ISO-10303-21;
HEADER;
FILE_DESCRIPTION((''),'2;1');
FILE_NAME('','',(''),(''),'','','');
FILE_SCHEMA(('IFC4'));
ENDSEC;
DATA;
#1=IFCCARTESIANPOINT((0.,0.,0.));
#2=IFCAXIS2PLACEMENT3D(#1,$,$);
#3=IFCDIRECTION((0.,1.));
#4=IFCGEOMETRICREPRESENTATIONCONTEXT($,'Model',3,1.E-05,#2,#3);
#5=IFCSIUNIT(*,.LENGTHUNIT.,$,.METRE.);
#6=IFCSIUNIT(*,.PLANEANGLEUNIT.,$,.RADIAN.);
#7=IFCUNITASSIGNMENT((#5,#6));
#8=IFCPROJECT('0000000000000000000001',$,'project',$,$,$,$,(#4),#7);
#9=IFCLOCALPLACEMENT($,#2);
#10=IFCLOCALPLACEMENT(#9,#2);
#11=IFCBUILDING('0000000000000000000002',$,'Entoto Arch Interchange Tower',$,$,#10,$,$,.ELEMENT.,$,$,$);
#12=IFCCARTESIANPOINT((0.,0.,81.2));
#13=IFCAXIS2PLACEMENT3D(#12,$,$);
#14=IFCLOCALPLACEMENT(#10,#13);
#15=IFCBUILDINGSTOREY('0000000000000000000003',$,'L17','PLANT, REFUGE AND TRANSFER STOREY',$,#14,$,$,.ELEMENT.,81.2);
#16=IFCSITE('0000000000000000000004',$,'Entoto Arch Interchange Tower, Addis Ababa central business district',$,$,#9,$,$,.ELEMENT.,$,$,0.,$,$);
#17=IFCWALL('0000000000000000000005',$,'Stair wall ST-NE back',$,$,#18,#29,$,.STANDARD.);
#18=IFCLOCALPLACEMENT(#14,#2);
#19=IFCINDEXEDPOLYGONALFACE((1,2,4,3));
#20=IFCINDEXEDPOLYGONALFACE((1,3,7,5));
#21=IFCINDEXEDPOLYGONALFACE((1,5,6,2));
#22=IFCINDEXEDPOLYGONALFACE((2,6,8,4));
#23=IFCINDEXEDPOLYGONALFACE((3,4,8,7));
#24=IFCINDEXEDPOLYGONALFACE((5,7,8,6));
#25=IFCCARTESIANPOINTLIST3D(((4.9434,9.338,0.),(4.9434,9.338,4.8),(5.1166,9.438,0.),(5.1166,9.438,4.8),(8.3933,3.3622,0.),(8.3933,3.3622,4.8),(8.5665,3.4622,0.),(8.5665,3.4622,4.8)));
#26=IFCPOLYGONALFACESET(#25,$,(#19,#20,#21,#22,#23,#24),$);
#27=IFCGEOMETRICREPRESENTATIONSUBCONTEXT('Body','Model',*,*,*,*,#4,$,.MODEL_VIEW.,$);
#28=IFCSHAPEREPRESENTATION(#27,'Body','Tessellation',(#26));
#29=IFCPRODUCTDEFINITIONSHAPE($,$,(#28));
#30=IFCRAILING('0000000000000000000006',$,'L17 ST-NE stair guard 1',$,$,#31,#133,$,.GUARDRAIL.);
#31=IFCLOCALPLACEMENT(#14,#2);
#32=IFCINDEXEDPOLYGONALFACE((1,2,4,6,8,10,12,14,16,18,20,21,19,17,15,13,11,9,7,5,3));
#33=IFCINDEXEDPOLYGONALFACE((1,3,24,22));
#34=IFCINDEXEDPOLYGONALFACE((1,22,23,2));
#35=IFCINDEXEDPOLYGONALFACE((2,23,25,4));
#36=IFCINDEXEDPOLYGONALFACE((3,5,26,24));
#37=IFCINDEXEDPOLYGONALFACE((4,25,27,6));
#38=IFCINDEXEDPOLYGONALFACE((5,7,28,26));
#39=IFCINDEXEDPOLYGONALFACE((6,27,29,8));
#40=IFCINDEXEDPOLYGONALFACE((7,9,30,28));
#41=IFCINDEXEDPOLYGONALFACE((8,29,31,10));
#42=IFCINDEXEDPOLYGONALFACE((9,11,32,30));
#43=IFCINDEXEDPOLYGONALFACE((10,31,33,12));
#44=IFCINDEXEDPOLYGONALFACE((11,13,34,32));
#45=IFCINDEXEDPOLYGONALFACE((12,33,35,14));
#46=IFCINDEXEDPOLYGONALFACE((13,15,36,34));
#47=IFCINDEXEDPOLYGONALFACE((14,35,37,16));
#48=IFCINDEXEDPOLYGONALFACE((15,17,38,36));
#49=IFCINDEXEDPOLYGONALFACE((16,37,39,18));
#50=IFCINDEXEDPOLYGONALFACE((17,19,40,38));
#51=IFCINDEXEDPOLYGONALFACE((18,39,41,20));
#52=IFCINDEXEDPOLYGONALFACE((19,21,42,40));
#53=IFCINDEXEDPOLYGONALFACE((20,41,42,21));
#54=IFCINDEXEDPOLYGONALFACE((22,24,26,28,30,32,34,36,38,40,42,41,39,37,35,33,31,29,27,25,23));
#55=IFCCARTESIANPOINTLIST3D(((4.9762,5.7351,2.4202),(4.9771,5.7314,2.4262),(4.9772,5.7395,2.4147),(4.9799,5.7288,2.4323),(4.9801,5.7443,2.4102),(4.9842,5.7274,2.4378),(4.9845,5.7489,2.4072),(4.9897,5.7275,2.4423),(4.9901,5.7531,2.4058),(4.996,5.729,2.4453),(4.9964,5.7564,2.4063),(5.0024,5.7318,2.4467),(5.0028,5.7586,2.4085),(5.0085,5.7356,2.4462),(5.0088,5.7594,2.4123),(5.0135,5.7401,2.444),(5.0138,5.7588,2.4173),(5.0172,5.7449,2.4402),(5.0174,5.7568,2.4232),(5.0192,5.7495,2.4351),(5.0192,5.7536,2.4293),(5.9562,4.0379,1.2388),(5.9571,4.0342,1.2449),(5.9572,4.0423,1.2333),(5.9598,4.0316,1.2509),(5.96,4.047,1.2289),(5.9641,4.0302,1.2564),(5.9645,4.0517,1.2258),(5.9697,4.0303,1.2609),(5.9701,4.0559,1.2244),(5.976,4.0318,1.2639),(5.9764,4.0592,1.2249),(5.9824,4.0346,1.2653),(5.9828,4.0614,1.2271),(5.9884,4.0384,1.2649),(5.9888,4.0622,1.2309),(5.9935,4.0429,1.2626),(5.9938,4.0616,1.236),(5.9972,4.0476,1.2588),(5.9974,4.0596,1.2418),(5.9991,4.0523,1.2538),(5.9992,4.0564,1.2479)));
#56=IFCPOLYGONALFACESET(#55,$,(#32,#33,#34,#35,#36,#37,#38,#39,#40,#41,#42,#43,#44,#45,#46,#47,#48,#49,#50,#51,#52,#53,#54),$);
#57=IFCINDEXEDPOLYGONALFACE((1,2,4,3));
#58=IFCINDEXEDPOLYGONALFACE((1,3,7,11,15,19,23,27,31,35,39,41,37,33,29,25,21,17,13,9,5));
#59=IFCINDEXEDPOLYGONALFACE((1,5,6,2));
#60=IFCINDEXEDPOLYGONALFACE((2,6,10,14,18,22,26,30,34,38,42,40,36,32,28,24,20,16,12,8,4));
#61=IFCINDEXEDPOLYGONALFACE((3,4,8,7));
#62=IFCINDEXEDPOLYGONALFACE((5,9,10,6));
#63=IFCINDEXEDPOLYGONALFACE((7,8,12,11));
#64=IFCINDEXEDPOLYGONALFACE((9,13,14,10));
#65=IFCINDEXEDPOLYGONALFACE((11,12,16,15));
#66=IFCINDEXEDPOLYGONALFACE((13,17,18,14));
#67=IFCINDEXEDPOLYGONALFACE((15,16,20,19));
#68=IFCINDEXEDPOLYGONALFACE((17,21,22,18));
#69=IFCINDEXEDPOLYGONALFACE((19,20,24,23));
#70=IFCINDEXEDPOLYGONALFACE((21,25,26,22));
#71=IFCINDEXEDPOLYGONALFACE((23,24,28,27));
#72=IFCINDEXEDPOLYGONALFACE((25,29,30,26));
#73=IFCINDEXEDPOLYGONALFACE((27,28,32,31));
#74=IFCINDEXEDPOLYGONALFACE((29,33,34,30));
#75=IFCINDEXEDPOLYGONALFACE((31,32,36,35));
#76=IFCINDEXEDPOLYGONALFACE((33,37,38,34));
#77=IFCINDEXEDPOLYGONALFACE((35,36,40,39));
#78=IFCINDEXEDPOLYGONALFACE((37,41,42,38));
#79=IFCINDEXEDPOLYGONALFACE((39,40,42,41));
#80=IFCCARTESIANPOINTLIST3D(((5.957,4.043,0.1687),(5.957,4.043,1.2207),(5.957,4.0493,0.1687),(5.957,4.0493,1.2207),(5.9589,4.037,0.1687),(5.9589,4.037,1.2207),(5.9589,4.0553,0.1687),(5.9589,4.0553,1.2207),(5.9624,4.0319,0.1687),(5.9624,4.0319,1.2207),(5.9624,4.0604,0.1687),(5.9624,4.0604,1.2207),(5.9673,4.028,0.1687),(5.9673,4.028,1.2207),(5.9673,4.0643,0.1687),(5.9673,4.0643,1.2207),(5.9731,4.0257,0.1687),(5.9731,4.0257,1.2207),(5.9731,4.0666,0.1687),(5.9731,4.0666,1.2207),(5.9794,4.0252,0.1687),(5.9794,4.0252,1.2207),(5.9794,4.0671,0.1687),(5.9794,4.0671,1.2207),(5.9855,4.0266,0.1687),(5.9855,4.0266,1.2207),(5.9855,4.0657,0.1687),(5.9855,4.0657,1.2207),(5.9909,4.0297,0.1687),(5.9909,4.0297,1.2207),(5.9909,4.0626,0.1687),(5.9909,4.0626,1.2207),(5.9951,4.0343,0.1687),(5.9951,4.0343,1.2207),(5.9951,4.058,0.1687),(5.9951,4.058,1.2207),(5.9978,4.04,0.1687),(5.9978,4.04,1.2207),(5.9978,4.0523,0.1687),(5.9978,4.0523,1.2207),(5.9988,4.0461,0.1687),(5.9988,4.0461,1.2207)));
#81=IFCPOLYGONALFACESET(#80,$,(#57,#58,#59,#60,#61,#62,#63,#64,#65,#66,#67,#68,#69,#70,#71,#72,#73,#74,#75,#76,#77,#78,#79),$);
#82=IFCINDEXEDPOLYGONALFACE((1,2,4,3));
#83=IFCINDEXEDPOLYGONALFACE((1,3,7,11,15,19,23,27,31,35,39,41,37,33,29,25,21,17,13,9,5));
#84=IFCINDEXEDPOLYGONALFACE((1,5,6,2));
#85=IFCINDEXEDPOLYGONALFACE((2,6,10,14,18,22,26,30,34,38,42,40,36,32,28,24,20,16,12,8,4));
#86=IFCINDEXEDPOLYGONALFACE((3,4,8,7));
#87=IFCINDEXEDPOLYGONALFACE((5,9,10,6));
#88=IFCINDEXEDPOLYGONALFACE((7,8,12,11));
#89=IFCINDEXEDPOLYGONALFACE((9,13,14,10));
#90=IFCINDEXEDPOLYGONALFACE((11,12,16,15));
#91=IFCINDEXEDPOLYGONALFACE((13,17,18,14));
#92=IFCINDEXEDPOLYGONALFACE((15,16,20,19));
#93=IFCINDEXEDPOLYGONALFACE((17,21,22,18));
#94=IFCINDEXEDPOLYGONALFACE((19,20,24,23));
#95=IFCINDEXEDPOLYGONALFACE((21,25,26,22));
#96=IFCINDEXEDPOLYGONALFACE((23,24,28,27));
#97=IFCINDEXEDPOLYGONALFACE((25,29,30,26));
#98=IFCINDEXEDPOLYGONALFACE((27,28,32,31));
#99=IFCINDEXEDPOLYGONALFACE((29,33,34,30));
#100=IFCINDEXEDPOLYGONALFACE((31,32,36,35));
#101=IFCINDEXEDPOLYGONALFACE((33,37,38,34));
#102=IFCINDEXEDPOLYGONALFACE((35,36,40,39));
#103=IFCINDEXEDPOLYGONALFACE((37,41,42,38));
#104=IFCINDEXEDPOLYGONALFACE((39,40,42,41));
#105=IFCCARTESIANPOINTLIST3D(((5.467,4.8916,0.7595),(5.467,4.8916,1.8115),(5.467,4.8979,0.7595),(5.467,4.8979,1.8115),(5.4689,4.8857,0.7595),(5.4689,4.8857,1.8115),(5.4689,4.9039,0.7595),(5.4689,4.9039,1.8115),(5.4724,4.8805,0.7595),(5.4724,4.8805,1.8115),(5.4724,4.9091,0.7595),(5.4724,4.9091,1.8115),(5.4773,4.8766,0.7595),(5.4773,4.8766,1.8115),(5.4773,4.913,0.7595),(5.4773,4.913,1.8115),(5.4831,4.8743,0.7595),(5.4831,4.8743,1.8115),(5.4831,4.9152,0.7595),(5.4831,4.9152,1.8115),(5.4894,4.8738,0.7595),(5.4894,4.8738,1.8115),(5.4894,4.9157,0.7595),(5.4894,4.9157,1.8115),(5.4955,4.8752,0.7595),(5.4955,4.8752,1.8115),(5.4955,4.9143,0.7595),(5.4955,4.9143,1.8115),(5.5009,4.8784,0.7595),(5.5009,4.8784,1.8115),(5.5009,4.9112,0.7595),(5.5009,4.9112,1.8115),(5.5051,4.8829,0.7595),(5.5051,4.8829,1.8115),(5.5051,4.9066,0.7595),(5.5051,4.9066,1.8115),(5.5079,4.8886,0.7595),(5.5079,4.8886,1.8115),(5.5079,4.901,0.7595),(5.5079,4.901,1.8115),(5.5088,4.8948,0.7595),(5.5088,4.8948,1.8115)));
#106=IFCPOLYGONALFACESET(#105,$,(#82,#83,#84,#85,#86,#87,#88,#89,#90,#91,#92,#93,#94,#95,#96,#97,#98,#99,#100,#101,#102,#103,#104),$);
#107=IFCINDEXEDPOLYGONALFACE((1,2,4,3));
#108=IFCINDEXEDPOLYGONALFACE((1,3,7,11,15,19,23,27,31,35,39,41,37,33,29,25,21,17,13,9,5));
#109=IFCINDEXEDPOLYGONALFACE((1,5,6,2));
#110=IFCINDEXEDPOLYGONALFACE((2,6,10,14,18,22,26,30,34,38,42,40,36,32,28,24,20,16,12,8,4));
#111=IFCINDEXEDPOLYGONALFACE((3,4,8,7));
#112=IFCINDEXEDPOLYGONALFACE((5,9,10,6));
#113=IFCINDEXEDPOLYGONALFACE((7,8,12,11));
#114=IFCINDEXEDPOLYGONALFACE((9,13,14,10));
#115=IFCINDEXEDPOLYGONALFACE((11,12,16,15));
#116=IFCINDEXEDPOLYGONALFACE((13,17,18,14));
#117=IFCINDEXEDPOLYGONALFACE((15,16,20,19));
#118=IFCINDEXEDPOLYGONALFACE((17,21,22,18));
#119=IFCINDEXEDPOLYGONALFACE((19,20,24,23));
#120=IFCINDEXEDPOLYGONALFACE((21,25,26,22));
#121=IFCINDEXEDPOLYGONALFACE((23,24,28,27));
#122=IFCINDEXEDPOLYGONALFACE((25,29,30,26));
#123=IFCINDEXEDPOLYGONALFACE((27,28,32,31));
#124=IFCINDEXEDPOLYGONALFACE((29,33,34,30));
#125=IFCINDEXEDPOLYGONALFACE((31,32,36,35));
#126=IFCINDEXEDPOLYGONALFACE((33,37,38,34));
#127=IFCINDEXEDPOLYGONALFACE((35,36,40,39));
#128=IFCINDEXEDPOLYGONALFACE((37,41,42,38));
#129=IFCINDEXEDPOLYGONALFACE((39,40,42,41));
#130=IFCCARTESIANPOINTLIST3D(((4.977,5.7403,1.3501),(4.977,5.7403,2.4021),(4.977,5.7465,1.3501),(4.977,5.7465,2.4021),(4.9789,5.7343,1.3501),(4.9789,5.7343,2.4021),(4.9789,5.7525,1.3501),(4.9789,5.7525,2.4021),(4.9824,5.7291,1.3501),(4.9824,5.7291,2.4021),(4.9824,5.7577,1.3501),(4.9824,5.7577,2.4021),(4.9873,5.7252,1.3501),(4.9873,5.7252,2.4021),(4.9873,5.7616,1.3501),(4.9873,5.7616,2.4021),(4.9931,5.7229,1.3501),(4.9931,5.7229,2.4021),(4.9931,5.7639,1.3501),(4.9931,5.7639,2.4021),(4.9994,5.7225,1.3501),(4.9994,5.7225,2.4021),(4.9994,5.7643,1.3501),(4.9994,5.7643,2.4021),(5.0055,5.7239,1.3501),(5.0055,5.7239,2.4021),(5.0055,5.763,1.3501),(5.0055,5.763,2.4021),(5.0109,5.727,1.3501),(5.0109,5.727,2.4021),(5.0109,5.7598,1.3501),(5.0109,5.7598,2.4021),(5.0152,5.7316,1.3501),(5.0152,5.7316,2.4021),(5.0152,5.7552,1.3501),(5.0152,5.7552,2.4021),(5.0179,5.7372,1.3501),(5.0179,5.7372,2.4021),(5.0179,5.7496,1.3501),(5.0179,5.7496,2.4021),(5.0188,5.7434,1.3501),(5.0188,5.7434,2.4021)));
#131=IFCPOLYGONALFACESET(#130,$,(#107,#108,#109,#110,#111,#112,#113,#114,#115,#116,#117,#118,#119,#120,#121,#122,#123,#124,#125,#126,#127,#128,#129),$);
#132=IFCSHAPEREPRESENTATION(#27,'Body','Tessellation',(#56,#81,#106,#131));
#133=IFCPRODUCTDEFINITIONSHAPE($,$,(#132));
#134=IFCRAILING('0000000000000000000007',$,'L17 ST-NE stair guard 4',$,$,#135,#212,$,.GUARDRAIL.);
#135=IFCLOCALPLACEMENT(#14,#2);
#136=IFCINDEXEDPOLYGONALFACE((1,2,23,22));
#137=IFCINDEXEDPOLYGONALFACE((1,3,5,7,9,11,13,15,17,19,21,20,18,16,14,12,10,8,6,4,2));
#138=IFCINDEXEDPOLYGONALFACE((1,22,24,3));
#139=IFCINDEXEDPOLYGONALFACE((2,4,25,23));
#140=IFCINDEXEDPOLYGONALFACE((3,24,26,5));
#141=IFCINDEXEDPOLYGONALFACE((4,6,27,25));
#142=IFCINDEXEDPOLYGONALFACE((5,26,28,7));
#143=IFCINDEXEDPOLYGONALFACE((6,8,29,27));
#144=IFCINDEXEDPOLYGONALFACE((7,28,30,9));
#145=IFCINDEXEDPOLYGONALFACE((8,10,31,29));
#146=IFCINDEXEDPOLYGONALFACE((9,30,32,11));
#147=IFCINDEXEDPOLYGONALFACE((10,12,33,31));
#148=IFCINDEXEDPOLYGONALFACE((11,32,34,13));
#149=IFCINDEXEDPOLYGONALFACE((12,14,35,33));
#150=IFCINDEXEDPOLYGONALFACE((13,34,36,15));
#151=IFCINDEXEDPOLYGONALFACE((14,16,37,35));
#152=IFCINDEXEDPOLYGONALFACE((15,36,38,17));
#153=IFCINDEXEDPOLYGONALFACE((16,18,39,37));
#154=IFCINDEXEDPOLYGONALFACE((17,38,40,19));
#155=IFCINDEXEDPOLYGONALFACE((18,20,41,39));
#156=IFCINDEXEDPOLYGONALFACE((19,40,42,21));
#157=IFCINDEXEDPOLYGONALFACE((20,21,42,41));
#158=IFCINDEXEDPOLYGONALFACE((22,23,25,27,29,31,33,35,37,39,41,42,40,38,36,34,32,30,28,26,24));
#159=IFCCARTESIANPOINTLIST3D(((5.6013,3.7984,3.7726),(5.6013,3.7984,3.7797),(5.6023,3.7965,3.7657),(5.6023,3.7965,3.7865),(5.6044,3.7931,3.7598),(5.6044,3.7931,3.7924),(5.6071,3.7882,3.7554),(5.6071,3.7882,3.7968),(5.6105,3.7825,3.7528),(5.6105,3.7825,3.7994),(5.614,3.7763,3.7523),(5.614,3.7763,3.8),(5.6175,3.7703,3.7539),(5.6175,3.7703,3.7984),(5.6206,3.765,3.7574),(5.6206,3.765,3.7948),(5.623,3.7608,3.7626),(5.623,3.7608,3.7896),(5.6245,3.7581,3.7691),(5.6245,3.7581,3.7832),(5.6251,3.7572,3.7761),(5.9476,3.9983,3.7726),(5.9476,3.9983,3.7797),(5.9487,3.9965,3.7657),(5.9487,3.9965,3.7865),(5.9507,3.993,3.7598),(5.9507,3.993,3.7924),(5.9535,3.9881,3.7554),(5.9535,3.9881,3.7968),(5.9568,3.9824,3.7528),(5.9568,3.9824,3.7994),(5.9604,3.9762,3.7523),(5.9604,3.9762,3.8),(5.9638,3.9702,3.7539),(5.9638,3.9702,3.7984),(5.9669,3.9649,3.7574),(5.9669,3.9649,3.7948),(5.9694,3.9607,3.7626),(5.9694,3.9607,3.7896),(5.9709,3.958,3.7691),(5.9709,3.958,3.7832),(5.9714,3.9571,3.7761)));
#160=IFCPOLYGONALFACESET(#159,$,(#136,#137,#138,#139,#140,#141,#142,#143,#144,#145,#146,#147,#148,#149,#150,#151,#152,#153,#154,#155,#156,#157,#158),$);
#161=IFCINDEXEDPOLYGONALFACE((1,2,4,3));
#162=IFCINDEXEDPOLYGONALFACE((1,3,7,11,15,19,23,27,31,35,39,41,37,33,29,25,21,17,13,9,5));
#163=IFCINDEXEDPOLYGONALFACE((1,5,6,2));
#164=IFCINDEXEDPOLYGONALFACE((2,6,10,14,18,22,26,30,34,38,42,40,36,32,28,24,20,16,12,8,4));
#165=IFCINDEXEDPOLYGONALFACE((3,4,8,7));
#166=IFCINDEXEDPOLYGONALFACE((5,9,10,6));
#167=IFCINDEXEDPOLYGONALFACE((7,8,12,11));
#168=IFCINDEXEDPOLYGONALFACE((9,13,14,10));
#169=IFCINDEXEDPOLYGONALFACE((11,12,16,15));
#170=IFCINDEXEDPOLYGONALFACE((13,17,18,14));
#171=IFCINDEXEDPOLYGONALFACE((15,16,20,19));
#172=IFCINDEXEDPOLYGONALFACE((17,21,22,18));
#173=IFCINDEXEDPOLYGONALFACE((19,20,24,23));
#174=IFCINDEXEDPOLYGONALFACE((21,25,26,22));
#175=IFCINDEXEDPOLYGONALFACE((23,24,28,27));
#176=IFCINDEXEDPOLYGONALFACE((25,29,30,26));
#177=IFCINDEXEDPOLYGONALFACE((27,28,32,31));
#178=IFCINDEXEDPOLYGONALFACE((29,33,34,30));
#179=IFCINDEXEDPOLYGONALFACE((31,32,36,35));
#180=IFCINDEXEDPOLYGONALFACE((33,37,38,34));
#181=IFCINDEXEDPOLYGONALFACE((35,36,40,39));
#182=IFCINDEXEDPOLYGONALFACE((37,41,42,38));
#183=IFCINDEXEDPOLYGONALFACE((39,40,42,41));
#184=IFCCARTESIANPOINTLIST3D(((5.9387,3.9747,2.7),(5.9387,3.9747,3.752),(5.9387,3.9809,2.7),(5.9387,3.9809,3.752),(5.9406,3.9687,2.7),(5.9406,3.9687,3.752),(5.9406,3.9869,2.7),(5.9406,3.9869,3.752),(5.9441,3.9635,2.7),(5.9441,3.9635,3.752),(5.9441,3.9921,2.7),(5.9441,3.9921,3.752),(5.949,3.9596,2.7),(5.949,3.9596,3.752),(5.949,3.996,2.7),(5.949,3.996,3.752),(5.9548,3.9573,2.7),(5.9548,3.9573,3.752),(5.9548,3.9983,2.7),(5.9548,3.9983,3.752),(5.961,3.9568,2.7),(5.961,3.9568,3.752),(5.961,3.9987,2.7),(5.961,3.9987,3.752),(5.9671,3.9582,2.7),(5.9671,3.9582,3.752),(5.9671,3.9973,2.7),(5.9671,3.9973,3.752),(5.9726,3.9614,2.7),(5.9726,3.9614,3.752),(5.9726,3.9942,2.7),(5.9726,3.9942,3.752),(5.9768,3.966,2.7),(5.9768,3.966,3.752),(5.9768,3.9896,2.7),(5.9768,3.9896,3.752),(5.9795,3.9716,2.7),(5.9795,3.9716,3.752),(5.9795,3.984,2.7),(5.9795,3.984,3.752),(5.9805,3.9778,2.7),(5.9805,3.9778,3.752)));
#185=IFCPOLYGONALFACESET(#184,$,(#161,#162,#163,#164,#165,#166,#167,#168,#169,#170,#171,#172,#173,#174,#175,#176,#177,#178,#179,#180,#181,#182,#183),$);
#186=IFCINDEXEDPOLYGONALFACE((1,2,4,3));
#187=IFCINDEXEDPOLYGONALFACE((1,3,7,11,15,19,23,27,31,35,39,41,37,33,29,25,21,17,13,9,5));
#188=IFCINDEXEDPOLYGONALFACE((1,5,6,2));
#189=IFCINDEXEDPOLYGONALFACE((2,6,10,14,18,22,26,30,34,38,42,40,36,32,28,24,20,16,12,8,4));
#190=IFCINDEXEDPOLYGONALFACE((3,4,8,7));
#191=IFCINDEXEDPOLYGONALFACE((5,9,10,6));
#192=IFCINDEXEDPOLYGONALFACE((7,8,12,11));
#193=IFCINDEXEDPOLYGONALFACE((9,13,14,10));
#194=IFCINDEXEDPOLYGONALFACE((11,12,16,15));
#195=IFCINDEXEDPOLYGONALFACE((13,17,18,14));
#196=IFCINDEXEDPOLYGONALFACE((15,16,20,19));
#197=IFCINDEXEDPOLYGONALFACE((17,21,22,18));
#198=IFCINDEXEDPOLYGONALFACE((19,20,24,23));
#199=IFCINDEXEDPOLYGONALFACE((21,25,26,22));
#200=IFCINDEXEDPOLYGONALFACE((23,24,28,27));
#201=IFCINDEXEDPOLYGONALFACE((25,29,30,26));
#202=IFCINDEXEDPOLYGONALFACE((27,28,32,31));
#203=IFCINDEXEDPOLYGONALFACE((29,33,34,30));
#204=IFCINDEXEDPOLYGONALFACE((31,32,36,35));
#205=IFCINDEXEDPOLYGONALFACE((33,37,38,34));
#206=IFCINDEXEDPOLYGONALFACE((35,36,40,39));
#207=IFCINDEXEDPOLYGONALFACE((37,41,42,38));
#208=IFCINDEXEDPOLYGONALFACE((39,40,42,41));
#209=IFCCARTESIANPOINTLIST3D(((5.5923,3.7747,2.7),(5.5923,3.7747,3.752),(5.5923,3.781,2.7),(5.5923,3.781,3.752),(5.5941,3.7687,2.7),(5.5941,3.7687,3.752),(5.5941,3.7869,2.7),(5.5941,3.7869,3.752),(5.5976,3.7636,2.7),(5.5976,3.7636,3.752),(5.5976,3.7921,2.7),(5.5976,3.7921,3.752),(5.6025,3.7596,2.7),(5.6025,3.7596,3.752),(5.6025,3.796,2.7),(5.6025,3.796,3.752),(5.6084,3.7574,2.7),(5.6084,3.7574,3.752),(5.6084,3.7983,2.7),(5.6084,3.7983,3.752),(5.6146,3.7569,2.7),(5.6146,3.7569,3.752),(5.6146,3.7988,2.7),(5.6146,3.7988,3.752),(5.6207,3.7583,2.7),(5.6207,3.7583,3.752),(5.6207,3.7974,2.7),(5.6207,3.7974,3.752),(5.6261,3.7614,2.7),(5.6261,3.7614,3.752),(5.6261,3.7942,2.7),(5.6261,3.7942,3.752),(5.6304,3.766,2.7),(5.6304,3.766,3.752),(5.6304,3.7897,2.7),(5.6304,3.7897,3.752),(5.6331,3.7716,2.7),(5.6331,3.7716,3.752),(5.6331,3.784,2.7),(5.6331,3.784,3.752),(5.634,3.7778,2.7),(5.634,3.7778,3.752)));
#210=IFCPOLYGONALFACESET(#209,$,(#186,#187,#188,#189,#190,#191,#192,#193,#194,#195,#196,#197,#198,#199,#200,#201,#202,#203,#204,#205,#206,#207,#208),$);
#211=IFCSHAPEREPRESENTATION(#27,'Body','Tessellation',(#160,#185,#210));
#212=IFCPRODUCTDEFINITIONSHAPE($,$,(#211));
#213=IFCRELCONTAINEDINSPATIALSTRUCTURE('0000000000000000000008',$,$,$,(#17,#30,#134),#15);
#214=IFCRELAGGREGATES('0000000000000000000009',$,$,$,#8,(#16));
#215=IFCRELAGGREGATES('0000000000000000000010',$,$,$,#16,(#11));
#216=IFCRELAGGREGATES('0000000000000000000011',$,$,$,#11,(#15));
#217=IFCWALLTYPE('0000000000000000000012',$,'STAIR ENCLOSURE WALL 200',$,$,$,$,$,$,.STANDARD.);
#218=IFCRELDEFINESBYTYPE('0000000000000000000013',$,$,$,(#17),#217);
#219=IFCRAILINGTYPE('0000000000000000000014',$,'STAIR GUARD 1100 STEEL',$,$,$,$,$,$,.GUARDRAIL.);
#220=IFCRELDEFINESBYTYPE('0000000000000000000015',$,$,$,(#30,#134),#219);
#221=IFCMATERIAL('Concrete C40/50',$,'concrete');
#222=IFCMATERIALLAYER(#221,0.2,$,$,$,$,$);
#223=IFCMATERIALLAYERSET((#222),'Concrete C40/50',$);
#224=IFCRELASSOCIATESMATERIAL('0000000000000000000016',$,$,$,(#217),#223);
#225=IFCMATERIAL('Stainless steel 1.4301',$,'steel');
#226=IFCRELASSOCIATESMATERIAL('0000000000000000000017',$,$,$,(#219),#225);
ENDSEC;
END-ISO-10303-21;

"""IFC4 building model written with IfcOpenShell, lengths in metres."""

from ifc_helpers import new_model, si_unit, direction, frame, frame_2d, origin, origin_2d, place, context, subcontext, project, spatial, rectangle, circle, extrude, material, layer, layer_set, type_object, element, save


model = new_model("IFC4")

# Units and contexts
model_context = context("Model", 3, precision=1e-05, world=origin(), true_north=direction((0.0, 1.0)))
body_context = subcontext(model_context, "Body", "Model", "MODEL_VIEW")
ifc_project = project(units=[si_unit("LENGTHUNIT", "METRE"), si_unit("PLANEANGLEUNIT", "RADIAN")], contexts=[model_context])

# Site, building, storey
site_placement = place(None, origin())
site = spatial("IfcSite", under=ifc_project, at=site_placement, Name="Entoto Arch Interchange Tower, Addis Ababa central business district", CompositionType="ELEMENT", RefElevation=0.0)
building_placement = place(site_placement, origin())
building = spatial("IfcBuilding", under=site, at=building_placement, Name="Entoto Arch Interchange Tower", CompositionType="ELEMENT")
storey_placement = place(building_placement, frame((0.0, 0.0, 81.2)))
storey = spatial("IfcBuildingStorey", under=building, at=storey_placement, Name="L17", Description="PLANT, REFUGE AND TRANSFER STOREY", CompositionType="ELEMENT", Elevation=81.2)

# Shared definitions
ifc_material_1 = material(Name="Concrete C40/50", Category="concrete")

# Wall
ifc_layer_1 = layer(ifc_material_1, 0.2)
ifc_layer_set_1 = layer_set([ifc_layer_1], Name="Concrete C40/50")
wall_type_1 = type_object("IfcWallType", Name="STAIR ENCLOSURE WALL 200", PredefinedType="STANDARD", material=ifc_layer_set_1)
wall_1_placement = place(storey_placement, frame((8.48, 3.4121, 0.0), z_axis=(0.0, 0.0, 1.0), x_axis=(-0.499979, 0.866038, 0.0)))
element("IfcWall", 1, at=wall_1_placement, inside=storey, type_object=wall_type_1, Name="Stair wall ST-NE back", PredefinedType="STANDARD", context=body_context, shape_type="SweptSolid", body=[
    extrude(rectangle(XDim=6.9001, YDim=0.2, at=frame_2d((3.4502, 0.0))), origin(), (0.0, 0.0, 1.0), 4.8),
])

# Railings
ifc_material_2 = material(Name="Stainless steel 1.4301", Category="steel")
railing_type_1 = type_object("IfcRailingType", Name="STAIR GUARD 1100 STEEL", PredefinedType="GUARDRAIL", material=ifc_material_2)
railing_1_placement = place(storey_placement, frame((5.9778, 4.0461, 0.1687)))
element("IfcRailing", 2, at=railing_1_placement, inside=storey, type_object=railing_type_1, Name="L17 ST-NE stair guard 1", PredefinedType="GUARDRAIL", context=body_context, shape_type="SweptSolid", body=[
    extrude(circle(Radius=0.0239, at=origin_2d()), frame((0.0, 0.0, 1.0762), z_axis=(-0.428238, 0.741683, 0.516255), x_axis=(-0.866011, -0.500024, 0.0)), (0.0, 0.0, 1.0), 2.2883),
    extrude(circle(Radius=0.021, at=origin_2d()), origin(), (0.0, 0.0, 1.0), 1.052),
    extrude(circle(Radius=0.021, at=origin_2d()), frame((-0.49, 0.8486, 0.5908)), (0.0, 0.0, 1.0), 1.052),
    extrude(circle(Radius=0.021, at=origin_2d()), frame((-0.98, 1.6973, 1.1814)), (0.0, 0.0, 1.0), 1.052),
])
railing_2_placement = place(storey_placement, frame((5.9595, 3.9778, 2.7)))
element("IfcRailing", 3, at=railing_2_placement, inside=storey, type_object=railing_type_1, Name="L17 ST-NE stair guard 4", PredefinedType="GUARDRAIL", context=body_context, shape_type="SweptSolid", body=[
    extrude(circle(Radius=0.0239, at=origin_2d()), frame((0.0, 0.0, 1.0762), z_axis=(-0.866094, -0.499881, 0.0), x_axis=(0.499881, -0.866094, 0.0)), (0.0, 0.0, 1.0), 0.3999),
    extrude(circle(Radius=0.021, at=origin_2d()), origin(), (0.0, 0.0, 1.0), 1.052),
    extrude(circle(Radius=0.021, at=origin_2d()), frame((-0.3464, -0.2, 0.0)), (0.0, 0.0, 1.0), 1.052),
])

save(model, "model.ifc")
